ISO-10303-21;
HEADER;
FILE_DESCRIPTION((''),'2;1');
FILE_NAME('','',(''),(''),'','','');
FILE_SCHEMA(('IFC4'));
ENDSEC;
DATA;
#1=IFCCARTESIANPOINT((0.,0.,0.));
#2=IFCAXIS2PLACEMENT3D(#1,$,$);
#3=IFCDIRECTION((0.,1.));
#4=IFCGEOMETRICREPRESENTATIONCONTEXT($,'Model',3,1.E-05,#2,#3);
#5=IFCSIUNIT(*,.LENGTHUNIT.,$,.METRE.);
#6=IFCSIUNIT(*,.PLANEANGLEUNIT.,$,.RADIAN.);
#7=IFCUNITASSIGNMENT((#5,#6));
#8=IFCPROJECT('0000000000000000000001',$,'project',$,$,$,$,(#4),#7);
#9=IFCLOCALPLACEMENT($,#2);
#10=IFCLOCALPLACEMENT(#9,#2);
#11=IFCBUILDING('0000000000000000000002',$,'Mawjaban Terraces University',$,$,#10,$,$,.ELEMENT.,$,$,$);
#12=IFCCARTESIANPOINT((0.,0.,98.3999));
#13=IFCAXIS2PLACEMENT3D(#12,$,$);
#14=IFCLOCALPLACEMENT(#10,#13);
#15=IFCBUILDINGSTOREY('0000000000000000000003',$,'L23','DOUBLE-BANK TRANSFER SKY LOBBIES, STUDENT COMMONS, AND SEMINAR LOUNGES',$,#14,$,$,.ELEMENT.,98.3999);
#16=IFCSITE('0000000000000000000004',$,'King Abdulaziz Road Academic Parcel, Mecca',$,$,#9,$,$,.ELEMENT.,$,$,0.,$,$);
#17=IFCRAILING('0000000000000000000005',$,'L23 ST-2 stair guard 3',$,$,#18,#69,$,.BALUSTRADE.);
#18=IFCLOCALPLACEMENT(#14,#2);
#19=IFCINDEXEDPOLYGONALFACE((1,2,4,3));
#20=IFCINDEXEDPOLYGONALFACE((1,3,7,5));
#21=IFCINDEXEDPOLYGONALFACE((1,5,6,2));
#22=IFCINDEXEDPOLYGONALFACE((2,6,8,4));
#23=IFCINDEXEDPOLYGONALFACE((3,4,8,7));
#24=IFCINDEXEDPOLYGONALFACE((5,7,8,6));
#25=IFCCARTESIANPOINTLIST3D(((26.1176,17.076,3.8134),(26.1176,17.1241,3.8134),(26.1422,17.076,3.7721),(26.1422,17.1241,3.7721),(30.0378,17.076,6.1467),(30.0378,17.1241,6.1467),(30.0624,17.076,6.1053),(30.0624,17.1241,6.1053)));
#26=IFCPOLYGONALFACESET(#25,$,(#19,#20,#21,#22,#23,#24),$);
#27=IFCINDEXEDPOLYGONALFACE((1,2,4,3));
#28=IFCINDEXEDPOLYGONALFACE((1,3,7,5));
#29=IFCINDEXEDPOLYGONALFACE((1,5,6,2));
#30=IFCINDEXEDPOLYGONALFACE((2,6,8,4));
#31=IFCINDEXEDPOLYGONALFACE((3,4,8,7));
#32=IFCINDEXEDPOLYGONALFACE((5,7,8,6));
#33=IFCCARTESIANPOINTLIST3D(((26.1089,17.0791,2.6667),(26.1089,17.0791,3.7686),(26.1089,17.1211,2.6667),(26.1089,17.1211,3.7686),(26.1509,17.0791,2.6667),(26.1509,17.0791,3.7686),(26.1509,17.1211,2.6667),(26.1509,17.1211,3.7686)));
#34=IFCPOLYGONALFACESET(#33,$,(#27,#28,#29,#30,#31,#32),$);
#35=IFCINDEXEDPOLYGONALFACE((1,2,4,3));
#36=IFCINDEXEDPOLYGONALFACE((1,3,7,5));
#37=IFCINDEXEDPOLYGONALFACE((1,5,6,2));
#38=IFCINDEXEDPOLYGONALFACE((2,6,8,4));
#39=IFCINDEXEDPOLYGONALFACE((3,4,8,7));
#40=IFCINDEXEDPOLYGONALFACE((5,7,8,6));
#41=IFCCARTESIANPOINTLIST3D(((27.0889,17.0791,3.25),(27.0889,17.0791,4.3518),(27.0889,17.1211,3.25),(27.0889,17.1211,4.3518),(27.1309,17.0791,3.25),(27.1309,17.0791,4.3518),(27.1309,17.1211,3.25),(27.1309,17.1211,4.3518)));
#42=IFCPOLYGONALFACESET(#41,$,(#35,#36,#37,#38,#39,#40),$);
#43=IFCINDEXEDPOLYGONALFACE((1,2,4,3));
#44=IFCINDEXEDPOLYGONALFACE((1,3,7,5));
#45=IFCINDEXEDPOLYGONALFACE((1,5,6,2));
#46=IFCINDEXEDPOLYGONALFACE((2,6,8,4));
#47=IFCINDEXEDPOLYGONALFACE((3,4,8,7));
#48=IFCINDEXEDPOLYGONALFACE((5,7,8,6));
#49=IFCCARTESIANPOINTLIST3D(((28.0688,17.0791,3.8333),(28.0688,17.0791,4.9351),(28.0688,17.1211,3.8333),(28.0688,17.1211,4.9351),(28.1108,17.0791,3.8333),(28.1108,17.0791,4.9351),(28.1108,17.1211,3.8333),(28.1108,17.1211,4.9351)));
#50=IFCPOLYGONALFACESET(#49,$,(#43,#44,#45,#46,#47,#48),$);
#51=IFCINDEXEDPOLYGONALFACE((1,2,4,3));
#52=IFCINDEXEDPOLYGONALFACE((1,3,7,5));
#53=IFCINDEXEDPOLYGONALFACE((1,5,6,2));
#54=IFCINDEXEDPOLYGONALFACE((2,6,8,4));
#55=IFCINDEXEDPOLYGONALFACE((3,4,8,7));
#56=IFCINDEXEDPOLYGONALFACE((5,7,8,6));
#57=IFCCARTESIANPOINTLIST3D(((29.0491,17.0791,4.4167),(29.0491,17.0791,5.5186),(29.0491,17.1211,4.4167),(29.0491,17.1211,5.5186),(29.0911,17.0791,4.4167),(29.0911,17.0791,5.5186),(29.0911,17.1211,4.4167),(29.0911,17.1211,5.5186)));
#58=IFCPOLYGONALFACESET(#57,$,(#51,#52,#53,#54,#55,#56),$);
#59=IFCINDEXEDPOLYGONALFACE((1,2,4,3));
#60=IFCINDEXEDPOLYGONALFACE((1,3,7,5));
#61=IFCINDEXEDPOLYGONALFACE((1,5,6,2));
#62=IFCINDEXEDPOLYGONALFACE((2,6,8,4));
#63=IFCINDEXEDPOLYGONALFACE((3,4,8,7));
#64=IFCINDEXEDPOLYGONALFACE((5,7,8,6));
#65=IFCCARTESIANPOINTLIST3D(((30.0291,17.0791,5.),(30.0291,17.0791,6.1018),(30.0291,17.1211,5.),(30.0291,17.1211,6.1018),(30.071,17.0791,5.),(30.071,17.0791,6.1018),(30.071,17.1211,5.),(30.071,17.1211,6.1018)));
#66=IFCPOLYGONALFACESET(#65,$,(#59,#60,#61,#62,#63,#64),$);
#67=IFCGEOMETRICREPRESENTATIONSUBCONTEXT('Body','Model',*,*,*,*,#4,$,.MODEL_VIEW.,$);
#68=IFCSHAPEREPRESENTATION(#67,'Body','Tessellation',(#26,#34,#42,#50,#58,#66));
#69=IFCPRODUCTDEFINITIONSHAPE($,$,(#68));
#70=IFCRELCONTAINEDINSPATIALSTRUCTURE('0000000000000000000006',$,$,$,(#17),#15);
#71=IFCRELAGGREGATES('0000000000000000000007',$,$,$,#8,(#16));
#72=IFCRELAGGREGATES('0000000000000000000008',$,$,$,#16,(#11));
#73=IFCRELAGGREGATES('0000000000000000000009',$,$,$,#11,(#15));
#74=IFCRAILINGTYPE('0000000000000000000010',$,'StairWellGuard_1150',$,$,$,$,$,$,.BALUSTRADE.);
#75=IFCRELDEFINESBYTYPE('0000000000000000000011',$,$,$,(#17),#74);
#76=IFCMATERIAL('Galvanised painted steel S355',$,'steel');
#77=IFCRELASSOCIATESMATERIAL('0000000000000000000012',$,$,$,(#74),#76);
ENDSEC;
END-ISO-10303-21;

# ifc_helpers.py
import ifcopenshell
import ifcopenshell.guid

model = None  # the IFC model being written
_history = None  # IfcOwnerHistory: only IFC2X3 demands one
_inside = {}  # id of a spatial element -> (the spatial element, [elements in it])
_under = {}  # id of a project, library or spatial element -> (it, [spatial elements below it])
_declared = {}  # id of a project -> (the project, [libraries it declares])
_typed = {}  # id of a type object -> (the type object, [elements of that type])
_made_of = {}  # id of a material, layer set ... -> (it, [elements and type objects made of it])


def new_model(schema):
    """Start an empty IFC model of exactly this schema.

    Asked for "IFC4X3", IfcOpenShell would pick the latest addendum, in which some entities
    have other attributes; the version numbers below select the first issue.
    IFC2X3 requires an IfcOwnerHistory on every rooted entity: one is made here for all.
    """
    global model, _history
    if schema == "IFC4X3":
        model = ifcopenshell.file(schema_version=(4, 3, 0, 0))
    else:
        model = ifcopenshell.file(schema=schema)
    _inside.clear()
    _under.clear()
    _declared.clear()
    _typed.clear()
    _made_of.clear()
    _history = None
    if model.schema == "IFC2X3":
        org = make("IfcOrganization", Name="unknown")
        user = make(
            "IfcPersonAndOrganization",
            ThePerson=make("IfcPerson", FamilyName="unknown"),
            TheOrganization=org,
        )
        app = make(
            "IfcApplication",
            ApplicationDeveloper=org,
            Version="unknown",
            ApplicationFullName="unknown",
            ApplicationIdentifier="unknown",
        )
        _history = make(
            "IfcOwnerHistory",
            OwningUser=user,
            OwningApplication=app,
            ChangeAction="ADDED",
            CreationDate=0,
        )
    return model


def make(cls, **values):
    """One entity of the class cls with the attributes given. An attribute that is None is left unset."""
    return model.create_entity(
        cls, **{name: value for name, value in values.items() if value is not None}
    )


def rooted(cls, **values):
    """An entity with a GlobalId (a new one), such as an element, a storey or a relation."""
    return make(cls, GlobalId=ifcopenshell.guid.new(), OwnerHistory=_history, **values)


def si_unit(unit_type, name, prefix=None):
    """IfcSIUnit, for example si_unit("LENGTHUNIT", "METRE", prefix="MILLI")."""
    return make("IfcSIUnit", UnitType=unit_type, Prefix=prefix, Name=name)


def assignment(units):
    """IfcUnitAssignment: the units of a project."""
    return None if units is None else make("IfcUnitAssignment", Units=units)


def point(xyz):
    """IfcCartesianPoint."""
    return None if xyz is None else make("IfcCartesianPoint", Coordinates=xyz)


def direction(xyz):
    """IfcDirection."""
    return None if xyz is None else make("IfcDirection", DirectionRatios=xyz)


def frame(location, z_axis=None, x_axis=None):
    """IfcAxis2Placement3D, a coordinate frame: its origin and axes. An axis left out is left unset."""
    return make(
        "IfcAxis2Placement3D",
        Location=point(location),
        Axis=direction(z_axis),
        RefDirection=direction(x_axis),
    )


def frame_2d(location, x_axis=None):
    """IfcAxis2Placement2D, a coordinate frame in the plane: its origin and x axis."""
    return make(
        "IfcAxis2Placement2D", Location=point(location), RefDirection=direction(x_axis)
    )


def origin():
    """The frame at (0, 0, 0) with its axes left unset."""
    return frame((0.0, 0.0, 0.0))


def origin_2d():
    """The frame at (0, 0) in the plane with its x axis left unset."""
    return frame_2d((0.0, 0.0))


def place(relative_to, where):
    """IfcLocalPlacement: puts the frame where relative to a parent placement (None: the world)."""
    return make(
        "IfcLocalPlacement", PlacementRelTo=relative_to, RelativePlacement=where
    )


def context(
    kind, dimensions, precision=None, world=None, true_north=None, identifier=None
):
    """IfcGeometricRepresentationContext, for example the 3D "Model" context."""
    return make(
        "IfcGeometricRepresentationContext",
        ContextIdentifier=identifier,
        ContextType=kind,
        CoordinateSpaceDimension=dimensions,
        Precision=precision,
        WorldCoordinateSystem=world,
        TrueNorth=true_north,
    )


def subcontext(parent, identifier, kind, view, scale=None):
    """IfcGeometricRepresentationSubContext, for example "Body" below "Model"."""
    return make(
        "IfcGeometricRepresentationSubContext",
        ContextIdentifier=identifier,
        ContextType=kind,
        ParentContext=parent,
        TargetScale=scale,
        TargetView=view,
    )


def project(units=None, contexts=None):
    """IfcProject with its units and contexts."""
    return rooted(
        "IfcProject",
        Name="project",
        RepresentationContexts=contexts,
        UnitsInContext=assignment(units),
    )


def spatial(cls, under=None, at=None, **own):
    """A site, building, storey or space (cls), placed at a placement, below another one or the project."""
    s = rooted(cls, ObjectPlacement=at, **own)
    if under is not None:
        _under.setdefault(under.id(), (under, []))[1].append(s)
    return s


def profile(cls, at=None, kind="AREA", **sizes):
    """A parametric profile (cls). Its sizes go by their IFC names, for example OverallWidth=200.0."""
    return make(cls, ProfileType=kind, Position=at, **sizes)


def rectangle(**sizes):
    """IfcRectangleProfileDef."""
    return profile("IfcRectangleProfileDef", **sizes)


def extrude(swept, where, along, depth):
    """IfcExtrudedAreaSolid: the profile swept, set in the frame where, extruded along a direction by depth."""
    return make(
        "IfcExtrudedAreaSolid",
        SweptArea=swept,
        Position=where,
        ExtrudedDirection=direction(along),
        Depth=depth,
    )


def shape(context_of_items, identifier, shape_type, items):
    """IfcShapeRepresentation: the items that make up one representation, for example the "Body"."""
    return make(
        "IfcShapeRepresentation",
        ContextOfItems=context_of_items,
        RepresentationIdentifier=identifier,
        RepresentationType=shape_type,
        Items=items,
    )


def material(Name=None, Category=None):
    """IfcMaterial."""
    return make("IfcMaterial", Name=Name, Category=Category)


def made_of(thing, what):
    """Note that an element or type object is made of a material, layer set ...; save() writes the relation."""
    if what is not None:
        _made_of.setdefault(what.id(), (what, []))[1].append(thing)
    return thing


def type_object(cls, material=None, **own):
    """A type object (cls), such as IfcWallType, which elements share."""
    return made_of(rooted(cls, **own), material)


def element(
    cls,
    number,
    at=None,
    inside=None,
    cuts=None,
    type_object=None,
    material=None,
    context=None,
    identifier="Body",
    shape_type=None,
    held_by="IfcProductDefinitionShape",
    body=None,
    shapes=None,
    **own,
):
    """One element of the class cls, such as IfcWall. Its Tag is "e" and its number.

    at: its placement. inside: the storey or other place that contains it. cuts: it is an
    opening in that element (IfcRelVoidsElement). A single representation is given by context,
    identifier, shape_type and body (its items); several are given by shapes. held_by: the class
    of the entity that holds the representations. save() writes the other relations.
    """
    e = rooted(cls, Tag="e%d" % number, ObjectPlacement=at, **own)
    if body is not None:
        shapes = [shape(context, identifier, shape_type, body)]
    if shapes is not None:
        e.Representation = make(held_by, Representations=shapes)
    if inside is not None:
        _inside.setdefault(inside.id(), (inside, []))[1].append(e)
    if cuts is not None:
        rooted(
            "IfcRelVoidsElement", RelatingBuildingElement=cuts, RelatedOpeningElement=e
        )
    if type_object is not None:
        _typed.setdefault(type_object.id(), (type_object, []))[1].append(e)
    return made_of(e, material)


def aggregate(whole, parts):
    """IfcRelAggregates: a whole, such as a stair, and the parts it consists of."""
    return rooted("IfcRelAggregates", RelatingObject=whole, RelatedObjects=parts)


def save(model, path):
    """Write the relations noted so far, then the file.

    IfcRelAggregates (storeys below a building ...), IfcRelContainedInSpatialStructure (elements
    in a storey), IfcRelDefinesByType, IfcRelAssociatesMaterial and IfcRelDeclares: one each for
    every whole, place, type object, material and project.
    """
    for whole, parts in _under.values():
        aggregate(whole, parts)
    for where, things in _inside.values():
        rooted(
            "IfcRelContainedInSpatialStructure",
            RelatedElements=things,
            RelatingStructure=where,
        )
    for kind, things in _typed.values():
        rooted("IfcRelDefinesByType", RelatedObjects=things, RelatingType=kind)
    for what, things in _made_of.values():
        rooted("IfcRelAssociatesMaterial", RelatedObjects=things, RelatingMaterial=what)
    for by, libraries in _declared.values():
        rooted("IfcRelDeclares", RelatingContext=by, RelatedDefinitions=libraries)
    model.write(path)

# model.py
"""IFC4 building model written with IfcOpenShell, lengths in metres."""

from ifc_helpers import new_model, si_unit, direction, frame, origin, origin_2d, place, context, subcontext, project, spatial, rectangle, extrude, material, type_object, element, save


model = new_model("IFC4")

# Units and contexts
model_context = context("Model", 3, precision=1e-05, world=origin(), true_north=direction((0.0, 1.0)))
body_context = subcontext(model_context, "Body", "Model", "MODEL_VIEW")
ifc_project = project(units=[si_unit("LENGTHUNIT", "METRE"), si_unit("PLANEANGLEUNIT", "RADIAN")], contexts=[model_context])

# Site, building, storey
site_placement = place(None, origin())
site = spatial("IfcSite", under=ifc_project, at=site_placement, Name="King Abdulaziz Road Academic Parcel, Mecca", CompositionType="ELEMENT", RefElevation=0.0)
building_placement = place(site_placement, origin())
building = spatial("IfcBuilding", under=site, at=building_placement, Name="Mawjaban Terraces University", CompositionType="ELEMENT")
storey_placement = place(building_placement, frame((0.0, 0.0, 98.3999)))
storey = spatial("IfcBuildingStorey", under=building, at=storey_placement, Name="L23", Description="DOUBLE-BANK TRANSFER SKY LOBBIES, STUDENT COMMONS, AND SEMINAR LOUNGES", CompositionType="ELEMENT", Elevation=98.3999)

# Railing
ifc_material_1 = material(Name="Galvanised painted steel S355", Category="steel")
railing_type_1 = type_object("IfcRailingType", Name="StairWellGuard_1150", PredefinedType="BALUSTRADE", material=ifc_material_1)
railing_1_placement = place(storey_placement, frame((26.1299, 17.1001, 2.6667)))
element("IfcRailing", 1, at=railing_1_placement, inside=storey, type_object=railing_type_1, Name="L23 ST-2 stair guard 3", PredefinedType="BALUSTRADE", context=body_context, shape_type="SweptSolid", body=[
    extrude(rectangle(XDim=0.0481, YDim=0.0481, at=origin_2d()), frame((0.0, 0.0, 1.126), z_axis=(0.85931, 0.0, 0.511455), x_axis=(0.0, 1.0, 0.0)), (0.0, 0.0, 1.0), 4.562),
    extrude(rectangle(XDim=0.042, YDim=0.042, at=origin_2d()), origin(), (0.0, 0.0, 1.0), 1.1018),
    extrude(rectangle(XDim=0.042, YDim=0.042, at=origin_2d()), frame((0.98, 0.0, 0.5833)), (0.0, 0.0, 1.0), 1.1018),
    extrude(rectangle(XDim=0.042, YDim=0.042, at=origin_2d()), frame((1.96, 0.0, 1.1665)), (0.0, 0.0, 1.0), 1.1018),
    extrude(rectangle(XDim=0.042, YDim=0.042, at=origin_2d()), frame((2.9402, 0.0, 1.75)), (0.0, 0.0, 1.0), 1.1018),
    extrude(rectangle(XDim=0.042, YDim=0.042, at=origin_2d()), frame((3.9202, 0.0, 2.3333)), (0.0, 0.0, 1.0), 1.1018),
])

save(model, "model.ifc")
